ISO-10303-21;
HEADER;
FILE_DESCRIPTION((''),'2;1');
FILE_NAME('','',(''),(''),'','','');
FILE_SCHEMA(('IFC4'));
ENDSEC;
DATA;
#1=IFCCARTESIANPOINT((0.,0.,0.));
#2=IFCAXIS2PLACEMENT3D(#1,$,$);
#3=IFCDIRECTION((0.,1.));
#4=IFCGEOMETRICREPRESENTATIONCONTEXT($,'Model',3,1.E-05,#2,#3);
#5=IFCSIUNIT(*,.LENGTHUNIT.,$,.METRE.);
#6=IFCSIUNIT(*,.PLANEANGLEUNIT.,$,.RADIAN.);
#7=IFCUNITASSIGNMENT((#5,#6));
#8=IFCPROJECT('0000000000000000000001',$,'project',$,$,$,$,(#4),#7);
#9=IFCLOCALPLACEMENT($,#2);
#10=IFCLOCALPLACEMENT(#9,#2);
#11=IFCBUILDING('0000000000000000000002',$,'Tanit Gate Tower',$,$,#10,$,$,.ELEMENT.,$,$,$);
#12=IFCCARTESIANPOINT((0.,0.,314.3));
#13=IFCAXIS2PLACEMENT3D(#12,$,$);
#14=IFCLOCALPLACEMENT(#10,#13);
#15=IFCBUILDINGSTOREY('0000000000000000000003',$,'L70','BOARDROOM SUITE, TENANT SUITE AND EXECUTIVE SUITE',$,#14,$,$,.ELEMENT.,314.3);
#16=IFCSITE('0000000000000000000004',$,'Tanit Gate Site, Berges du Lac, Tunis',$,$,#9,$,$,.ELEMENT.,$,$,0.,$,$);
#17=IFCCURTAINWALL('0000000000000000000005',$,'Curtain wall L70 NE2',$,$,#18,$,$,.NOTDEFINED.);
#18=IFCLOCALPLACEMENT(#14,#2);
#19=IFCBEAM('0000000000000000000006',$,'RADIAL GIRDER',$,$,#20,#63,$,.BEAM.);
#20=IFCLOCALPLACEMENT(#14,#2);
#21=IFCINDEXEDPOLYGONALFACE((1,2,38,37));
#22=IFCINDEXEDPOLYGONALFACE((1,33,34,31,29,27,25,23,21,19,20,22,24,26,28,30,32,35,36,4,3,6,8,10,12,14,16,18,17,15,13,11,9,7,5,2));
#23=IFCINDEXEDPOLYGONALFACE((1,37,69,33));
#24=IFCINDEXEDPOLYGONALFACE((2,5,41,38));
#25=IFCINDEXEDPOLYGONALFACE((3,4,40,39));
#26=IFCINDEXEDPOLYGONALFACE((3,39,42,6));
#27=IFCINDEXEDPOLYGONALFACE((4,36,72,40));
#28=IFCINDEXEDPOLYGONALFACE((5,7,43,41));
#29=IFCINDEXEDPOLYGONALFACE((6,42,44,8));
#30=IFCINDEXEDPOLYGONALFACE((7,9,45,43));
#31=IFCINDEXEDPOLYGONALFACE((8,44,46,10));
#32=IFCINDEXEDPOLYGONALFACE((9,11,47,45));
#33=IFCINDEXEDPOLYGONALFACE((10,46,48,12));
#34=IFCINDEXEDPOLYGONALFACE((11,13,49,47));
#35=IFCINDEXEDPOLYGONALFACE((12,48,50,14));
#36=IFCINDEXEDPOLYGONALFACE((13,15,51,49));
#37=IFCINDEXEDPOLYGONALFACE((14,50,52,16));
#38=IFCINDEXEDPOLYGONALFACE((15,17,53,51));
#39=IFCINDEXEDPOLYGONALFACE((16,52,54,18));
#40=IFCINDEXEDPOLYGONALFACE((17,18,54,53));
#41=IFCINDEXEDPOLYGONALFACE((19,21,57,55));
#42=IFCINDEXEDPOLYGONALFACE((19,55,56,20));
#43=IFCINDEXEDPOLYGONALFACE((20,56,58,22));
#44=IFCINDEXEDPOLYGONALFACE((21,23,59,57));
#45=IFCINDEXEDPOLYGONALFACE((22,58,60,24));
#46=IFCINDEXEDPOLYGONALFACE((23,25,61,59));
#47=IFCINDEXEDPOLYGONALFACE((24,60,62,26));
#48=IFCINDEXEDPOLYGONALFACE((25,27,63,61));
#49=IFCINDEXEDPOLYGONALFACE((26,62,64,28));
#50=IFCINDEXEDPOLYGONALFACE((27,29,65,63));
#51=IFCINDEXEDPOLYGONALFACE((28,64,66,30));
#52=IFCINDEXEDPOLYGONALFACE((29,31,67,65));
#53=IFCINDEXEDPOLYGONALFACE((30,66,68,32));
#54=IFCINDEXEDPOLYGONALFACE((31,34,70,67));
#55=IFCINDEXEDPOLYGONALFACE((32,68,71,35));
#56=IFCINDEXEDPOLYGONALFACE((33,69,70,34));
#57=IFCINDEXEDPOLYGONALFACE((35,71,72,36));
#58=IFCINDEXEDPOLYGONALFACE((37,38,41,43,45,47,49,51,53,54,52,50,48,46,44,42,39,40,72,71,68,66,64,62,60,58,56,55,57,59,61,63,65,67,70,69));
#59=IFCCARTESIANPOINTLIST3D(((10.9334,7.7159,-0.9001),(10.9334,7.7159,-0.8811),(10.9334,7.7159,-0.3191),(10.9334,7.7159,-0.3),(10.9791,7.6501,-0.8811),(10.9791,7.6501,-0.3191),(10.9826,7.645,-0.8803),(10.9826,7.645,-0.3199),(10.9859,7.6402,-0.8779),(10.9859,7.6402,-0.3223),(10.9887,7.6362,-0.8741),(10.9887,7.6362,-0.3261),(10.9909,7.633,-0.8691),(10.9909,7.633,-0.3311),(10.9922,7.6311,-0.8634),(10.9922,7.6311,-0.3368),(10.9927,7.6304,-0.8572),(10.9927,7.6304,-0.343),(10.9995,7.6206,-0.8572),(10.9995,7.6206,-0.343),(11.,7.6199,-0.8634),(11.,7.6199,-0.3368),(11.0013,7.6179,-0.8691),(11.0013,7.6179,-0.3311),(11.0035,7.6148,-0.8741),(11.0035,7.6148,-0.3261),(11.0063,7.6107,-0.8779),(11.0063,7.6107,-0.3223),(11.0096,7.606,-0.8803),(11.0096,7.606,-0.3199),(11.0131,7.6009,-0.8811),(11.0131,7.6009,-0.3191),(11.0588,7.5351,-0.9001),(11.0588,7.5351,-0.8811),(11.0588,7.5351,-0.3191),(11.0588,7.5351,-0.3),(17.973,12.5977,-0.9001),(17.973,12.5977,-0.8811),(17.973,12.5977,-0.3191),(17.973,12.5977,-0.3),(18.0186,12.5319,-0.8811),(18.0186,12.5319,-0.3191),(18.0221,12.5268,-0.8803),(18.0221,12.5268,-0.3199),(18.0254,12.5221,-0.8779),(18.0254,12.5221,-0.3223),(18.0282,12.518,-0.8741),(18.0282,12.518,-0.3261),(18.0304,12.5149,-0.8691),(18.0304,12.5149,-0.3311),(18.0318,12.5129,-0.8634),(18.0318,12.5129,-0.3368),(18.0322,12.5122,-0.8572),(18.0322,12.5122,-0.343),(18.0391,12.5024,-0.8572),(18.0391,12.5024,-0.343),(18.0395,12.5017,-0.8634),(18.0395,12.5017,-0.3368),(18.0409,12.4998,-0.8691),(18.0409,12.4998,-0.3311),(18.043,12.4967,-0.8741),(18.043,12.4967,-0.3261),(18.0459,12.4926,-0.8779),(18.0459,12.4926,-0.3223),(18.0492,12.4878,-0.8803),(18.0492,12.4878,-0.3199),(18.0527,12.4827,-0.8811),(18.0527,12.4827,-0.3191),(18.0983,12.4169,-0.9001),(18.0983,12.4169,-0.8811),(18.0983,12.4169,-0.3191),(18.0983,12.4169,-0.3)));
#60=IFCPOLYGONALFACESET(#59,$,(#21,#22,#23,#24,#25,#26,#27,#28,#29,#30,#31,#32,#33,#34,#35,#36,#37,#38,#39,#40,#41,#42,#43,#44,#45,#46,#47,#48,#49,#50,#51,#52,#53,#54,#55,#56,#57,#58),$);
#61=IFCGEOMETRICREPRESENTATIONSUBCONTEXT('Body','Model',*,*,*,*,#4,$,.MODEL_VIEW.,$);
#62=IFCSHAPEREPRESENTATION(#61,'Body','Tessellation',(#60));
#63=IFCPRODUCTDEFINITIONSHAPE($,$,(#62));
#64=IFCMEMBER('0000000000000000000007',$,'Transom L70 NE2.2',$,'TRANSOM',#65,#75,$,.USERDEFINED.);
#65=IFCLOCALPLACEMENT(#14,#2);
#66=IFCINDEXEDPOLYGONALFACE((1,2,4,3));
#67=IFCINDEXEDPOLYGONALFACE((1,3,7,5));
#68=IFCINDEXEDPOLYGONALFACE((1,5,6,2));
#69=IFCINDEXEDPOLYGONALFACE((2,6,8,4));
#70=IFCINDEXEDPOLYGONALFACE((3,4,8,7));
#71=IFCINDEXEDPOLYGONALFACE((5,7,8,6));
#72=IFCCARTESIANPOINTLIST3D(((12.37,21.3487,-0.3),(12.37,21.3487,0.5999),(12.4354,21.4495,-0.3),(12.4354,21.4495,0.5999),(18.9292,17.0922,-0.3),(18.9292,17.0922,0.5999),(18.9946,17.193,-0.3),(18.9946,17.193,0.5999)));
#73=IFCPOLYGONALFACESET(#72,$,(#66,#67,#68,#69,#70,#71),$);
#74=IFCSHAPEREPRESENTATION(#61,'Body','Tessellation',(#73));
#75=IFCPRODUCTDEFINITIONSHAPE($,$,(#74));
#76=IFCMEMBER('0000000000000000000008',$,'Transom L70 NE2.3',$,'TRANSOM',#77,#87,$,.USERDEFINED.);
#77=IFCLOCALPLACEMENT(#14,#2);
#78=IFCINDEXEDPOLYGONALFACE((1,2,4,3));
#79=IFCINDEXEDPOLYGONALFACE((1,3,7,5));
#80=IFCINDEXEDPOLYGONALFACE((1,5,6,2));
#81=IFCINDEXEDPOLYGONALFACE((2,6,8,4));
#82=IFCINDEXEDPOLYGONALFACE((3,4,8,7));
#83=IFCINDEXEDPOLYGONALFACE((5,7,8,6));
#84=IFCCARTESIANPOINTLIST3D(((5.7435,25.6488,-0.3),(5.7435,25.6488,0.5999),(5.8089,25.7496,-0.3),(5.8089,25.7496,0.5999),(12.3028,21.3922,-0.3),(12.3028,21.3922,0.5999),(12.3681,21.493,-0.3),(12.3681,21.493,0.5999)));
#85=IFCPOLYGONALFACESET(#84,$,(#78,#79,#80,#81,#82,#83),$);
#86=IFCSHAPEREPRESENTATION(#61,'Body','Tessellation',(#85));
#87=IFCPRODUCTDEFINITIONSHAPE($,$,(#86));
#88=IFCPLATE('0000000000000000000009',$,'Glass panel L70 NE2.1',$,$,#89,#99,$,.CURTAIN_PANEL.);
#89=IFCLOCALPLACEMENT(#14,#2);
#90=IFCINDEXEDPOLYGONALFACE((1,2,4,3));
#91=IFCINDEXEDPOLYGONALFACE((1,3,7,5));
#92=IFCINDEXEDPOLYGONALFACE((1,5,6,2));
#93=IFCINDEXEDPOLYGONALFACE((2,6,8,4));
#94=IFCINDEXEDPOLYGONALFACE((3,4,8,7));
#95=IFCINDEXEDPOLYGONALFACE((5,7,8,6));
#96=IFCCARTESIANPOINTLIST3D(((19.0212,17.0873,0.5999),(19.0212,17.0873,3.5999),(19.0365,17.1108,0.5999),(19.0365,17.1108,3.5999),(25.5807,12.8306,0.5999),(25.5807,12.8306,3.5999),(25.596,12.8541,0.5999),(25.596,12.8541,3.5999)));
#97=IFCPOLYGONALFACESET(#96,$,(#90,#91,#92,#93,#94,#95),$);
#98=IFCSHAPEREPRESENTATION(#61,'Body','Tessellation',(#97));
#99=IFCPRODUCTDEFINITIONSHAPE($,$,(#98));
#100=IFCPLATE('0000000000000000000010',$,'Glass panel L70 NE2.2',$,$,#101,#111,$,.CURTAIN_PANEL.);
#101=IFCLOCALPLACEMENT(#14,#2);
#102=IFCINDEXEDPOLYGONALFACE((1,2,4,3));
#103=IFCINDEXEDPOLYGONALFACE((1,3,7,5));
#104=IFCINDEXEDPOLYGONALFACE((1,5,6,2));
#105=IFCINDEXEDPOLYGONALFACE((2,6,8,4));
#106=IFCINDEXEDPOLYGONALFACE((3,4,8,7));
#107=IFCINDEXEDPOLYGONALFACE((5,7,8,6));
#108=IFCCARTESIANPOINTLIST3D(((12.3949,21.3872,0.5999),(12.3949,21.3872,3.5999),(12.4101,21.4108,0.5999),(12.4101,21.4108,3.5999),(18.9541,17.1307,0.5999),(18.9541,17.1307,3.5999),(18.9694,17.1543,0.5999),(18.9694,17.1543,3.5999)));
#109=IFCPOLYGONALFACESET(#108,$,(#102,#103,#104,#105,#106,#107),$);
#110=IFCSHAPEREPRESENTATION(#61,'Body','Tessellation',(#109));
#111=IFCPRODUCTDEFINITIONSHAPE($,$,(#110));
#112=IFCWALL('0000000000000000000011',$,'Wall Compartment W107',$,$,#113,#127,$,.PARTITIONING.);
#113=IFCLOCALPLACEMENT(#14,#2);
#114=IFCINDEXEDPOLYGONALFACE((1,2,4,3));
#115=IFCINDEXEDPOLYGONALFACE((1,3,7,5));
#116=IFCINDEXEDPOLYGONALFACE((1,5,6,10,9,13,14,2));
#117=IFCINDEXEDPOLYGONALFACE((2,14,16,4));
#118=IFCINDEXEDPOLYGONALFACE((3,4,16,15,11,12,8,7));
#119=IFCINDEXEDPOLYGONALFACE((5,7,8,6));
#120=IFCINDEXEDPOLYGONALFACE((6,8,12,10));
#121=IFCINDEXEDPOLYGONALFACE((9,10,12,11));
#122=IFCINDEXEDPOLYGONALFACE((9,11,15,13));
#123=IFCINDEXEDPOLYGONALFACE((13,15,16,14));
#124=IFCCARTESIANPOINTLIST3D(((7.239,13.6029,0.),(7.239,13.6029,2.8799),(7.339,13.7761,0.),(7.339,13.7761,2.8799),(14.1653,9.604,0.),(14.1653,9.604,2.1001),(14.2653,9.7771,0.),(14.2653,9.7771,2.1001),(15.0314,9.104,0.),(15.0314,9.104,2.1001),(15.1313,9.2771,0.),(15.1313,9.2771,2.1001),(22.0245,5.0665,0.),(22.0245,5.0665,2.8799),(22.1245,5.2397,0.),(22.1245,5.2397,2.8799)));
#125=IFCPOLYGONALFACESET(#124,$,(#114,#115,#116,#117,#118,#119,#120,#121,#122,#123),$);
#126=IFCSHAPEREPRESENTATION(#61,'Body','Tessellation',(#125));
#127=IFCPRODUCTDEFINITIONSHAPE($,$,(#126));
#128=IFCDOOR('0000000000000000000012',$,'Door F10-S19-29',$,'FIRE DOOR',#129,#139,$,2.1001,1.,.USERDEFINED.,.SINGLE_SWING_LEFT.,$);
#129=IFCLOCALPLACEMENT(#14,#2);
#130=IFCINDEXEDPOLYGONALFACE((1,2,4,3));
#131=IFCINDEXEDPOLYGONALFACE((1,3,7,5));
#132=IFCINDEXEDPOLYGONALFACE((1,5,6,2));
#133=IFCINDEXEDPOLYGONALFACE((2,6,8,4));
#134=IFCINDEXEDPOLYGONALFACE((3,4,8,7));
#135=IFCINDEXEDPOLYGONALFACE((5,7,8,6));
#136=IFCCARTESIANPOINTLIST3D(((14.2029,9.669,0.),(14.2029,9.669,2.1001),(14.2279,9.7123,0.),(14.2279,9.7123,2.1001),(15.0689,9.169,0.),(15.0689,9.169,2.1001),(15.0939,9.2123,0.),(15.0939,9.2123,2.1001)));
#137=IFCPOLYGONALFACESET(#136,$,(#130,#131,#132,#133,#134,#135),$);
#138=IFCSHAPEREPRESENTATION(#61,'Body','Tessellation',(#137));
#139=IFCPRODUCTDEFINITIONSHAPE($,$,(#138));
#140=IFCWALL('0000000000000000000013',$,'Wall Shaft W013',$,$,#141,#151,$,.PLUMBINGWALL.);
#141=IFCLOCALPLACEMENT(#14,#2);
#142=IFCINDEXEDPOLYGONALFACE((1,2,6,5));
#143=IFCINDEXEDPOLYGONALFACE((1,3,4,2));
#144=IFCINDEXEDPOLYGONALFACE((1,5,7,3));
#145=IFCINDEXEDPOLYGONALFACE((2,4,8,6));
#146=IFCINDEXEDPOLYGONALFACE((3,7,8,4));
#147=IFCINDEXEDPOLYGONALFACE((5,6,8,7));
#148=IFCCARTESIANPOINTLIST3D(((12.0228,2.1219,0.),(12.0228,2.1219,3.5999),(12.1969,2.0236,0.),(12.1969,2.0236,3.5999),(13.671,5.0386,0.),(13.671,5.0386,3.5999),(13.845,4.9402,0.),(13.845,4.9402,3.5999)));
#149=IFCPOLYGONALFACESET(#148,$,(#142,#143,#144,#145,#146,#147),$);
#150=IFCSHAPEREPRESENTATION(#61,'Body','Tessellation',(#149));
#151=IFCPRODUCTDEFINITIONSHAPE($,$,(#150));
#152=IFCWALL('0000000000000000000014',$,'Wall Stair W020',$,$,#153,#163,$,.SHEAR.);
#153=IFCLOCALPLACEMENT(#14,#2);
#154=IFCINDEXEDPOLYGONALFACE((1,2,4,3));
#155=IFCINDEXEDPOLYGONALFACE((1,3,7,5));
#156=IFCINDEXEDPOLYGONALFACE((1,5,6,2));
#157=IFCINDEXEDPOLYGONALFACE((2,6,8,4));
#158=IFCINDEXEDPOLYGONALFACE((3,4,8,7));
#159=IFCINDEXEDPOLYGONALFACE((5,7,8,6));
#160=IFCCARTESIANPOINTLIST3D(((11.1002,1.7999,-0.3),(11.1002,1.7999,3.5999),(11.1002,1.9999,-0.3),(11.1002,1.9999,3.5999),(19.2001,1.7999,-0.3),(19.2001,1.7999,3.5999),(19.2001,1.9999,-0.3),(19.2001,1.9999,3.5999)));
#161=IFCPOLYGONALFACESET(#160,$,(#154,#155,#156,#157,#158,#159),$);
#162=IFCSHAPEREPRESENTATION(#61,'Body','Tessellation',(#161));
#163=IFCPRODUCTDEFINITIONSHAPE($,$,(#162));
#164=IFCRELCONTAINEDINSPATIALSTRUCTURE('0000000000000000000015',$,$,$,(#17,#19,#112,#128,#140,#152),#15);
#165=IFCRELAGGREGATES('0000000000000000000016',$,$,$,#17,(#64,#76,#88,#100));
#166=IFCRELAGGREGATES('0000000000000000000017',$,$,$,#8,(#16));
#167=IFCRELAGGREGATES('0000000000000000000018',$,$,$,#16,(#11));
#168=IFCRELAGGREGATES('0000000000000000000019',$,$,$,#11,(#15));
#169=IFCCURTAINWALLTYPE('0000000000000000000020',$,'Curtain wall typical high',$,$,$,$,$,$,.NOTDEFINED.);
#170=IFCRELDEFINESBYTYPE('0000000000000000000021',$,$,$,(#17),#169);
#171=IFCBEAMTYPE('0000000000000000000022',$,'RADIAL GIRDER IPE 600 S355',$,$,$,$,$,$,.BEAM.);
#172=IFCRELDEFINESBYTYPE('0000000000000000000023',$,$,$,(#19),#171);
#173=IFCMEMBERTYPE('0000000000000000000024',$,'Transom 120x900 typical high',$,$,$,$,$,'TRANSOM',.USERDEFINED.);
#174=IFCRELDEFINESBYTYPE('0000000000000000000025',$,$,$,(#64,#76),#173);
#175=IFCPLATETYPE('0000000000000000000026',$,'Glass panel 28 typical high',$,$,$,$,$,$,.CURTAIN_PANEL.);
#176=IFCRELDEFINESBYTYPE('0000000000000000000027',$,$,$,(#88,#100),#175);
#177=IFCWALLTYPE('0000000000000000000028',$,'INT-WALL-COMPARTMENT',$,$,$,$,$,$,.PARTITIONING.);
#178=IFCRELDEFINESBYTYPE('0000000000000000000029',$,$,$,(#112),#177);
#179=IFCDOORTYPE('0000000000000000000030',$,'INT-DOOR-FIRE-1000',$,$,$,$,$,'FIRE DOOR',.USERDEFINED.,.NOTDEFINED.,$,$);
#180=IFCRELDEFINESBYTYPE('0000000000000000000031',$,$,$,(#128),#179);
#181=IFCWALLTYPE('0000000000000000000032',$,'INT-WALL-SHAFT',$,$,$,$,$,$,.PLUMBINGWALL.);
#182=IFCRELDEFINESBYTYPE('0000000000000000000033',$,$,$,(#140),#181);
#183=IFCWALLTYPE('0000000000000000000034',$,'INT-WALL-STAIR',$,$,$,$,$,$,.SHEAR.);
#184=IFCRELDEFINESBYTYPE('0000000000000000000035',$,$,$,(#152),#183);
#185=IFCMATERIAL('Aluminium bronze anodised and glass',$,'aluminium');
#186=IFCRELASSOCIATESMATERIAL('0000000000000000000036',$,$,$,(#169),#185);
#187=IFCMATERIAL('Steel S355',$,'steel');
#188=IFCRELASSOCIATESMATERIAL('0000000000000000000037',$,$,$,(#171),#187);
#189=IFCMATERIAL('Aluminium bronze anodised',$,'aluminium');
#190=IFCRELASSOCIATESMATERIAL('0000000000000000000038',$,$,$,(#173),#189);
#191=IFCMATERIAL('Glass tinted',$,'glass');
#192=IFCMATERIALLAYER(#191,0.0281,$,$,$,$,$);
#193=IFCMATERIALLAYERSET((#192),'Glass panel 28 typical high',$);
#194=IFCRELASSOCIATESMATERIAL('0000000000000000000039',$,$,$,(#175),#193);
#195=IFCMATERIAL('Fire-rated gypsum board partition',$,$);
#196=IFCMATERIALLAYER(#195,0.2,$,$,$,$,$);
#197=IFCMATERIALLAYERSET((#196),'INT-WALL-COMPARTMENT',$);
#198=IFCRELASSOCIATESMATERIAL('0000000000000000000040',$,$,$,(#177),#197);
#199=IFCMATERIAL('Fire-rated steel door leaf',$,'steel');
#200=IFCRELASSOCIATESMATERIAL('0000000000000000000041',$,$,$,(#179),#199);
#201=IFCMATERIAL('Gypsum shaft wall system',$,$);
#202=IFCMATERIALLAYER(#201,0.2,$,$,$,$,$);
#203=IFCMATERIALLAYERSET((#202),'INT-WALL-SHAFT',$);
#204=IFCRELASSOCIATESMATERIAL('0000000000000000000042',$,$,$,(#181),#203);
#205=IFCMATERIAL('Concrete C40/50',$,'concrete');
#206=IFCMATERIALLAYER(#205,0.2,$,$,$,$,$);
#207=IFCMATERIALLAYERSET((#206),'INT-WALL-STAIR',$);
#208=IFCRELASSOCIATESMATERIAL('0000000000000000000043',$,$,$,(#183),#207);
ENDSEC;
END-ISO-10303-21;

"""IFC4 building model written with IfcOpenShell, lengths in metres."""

from ifc_helpers import new_model, si_unit, direction, frame, frame_2d, origin, origin_2d, place, context, subcontext, project, spatial, rectangle, i_section, extrude, material, layer, layer_set, material_profile, profile_set, type_object, element, fill, aggregate, save


model = new_model("IFC4")

# Units and contexts
model_context = context("Model", 3, precision=1e-05, world=origin(), true_north=direction((0.0, 1.0)))
body_context = subcontext(model_context, "Body", "Model", "MODEL_VIEW")
ifc_project = project(units=[si_unit("LENGTHUNIT", "METRE"), si_unit("PLANEANGLEUNIT", "RADIAN")], contexts=[model_context])

# Site, building, storey
site_placement = place(None, origin())
site = spatial("IfcSite", under=ifc_project, at=site_placement, Name="Tanit Gate Site, Berges du Lac, Tunis", CompositionType="ELEMENT", RefElevation=0.0)
building_placement = place(site_placement, origin())
building = spatial("IfcBuilding", under=site, at=building_placement, Name="Tanit Gate Tower", CompositionType="ELEMENT")
storey_placement = place(building_placement, frame((0.0, 0.0, 314.3)))
storey = spatial("IfcBuildingStorey", under=building, at=storey_placement, Name="L70", Description="BOARDROOM SUITE, TENANT SUITE AND EXECUTIVE SUITE", CompositionType="ELEMENT", Elevation=314.3)

# Curtain wall
ifc_material_1 = material(Name="Aluminium bronze anodised and glass", Category="aluminium")
curtain_wall_type = type_object("IfcCurtainWallType", Name="Curtain wall typical high", PredefinedType="NOTDEFINED", material=ifc_material_1)
curtain_wall_placement = place(storey_placement, origin())
curtain_wall = element("IfcCurtainWall", 1, at=curtain_wall_placement, inside=storey, type_object=curtain_wall_type, Name="Curtain wall L70 NE2", PredefinedType="NOTDEFINED")

# Beam
ifc_material_2 = material(Name="Steel S355", Category="steel")
ifc_material_profile_1 = material_profile(ifc_material_2, i_section(OverallWidth=0.22, OverallDepth=0.6001, WebThickness=0.012, FlangeThickness=0.019, FilletRadius=0.0239, at=origin_2d()), Name="IPE 600")
ifc_profile_set_1 = profile_set([ifc_material_profile_1], Name="Steel S355")
beam_type_1 = type_object("IfcBeamType", Name="RADIAL GIRDER IPE 600 S355", PredefinedType="BEAM", material=ifc_profile_set_1)
beam_1_placement = place(storey_placement, frame((18.0356, 12.5073, -0.6001), z_axis=(-0.821738, -0.569865, 0.0), x_axis=(0.569865, -0.821738, 0.0)))
element("IfcBeam", 2, at=beam_1_placement, inside=storey, type_object=beam_type_1, Name="RADIAL GIRDER", PredefinedType="BEAM", context=body_context, shape_type="SweptSolid", body=[
    extrude(i_section(OverallWidth=0.22, OverallDepth=0.6001, WebThickness=0.012, FlangeThickness=0.019, FilletRadius=0.0239, at=origin_2d()), origin(), (0.0, 0.0, 1.0), 8.5667),
])

# Members
ifc_material_3 = material(Name="Aluminium bronze anodised", Category="aluminium")
ifc_material_profile_2 = material_profile(ifc_material_3, rectangle(XDim=0.1201, YDim=0.8999, at=origin_2d()), Name="120x900 bronze transom")
ifc_profile_set_2 = profile_set([ifc_material_profile_2], Name="Aluminium bronze anodised")
member_type_1 = type_object("IfcMemberType", Name="Transom 120x900 typical high", ElementType="TRANSOM", PredefinedType="USERDEFINED", material=ifc_profile_set_2)
member_1_placement = place(storey_placement, frame((18.9619, 17.1426, 0.1499), z_axis=(-0.838851, 0.544362, 0.0), x_axis=(-0.544362, -0.838851, 0.0)))
member_1 = element("IfcMember", 3, at=member_1_placement, type_object=member_type_1, Name="Transom L70 NE2.2", ObjectType="TRANSOM", PredefinedType="USERDEFINED", context=body_context, shape_type="SweptSolid", body=[
    extrude(rectangle(XDim=0.1201, YDim=0.8999, at=origin_2d()), origin(), (0.0, 0.0, 1.0), 7.8193),
])
member_2_placement = place(storey_placement, frame((12.3354, 21.4426, 0.1499), z_axis=(-0.838851, 0.544362, 0.0), x_axis=(-0.544362, -0.838851, 0.0)))
member_2 = element("IfcMember", 4, at=member_2_placement, type_object=member_type_1, Name="Transom L70 NE2.3", ObjectType="TRANSOM", PredefinedType="USERDEFINED", context=body_context, shape_type="SweptSolid", body=[
    extrude(rectangle(XDim=0.1201, YDim=0.8999, at=origin_2d()), origin(), (0.0, 0.0, 1.0), 7.8193),
])

# Plates
ifc_material_4 = material(Name="Glass tinted", Category="glass")
ifc_layer_1 = layer(ifc_material_4, 0.0281)
ifc_layer_set_1 = layer_set([ifc_layer_1], Name="Glass panel 28 typical high")
plate_type = type_object("IfcPlateType", Name="Glass panel 28 typical high", PredefinedType="CURTAIN_PANEL", material=ifc_layer_set_1)
plate_1_placement = place(storey_placement, frame((22.3086, 14.9707, 0.5999), z_axis=(0.0, 0.0, 1.0), x_axis=(-0.838852, 0.544359, 0.0)))
plate_1 = element("IfcPlate", 5, at=plate_1_placement, type_object=plate_type, Name="Glass panel L70 NE2.1", PredefinedType="CURTAIN_PANEL", context=body_context, shape_type="SweptSolid", body=[
    extrude(rectangle(XDim=7.8196, YDim=0.0281, at=origin_2d()), origin(), (0.0, 0.0, 1.0), 3.0),
])
plate_2_placement = place(storey_placement, frame((15.6821, 19.2708, 0.5999), z_axis=(0.0, 0.0, 1.0), x_axis=(-0.838852, 0.544359, 0.0)))
plate_2 = element("IfcPlate", 6, at=plate_2_placement, type_object=plate_type, Name="Glass panel L70 NE2.2", PredefinedType="CURTAIN_PANEL", context=body_context, shape_type="SweptSolid", body=[
    extrude(rectangle(XDim=7.8193, YDim=0.0281, at=origin_2d()), origin(), (0.0, 0.0, 1.0), 3.0),
])
aggregate(curtain_wall, [member_1, member_2, plate_1, plate_2])

# Wall, opening, door
ifc_material_5 = material(Name="Fire-rated gypsum board partition")
ifc_layer_2 = layer(ifc_material_5, 0.2)
ifc_layer_set_2 = layer_set([ifc_layer_2], Name="INT-WALL-COMPARTMENT")
wall_type_1 = type_object("IfcWallType", Name="INT-WALL-COMPARTMENT", PredefinedType="PARTITIONING", material=ifc_layer_set_2)
wall_1_placement = place(storey_placement, frame((22.0745, 5.1531, 0.0), z_axis=(0.0, 0.0, 1.0), x_axis=(-0.866025, 0.500001, 0.0)))
wall_1 = element("IfcWall", 7, at=wall_1_placement, inside=storey, type_object=wall_type_1, Name="Wall Compartment W107", PredefinedType="PARTITIONING", context=body_context, shape_type="SweptSolid", body=[
    extrude(rectangle(XDim=17.0728, YDim=0.2, at=frame_2d((8.5364, 0.0))), origin(), (0.0, 0.0, 1.0), 2.8799),
])
opening_1_placement = place(wall_1_placement, frame((8.075, 0.0, 0.0)))
opening_1 = element("IfcOpeningElement", 8, at=opening_1_placement, cuts=wall_1, PredefinedType="OPENING", context=body_context, shape_type="SweptSolid", body=[
    extrude(rectangle(XDim=1.0, YDim=2.1001, at=frame_2d((0.5, 1.05))), frame((0.0, 0.1099, 0.0), z_axis=(0.0, -1.0, 0.0), x_axis=(1.0, 0.0, 0.0)), (0.0, 0.0, 1.0), 0.22),
])
ifc_material_6 = material(Name="Fire-rated steel door leaf", Category="steel")
door_type_1 = type_object("IfcDoorType", Name="INT-DOOR-FIRE-1000", ElementType="FIRE DOOR", OperationType="NOTDEFINED", PredefinedType="USERDEFINED", material=ifc_material_6)
door_1_placement = place(opening_1_placement, origin())
door_1 = element("IfcDoor", 9, at=door_1_placement, inside=storey, type_object=door_type_1, Name="Door F10-S19-29", ObjectType="FIRE DOOR", OperationType="SINGLE_SWING_LEFT", OverallHeight=2.1001, OverallWidth=1.0, PredefinedType="USERDEFINED", context=body_context, shape_type="SweptSolid", body=[
    extrude(rectangle(XDim=1.0, YDim=2.1001, at=frame_2d((0.5, 1.05))), frame((0.0, 0.0249, 0.0), z_axis=(0.0, -1.0, 0.0), x_axis=(1.0, 0.0, 0.0)), (0.0, 0.0, 1.0), 0.05),
])
fill(opening_1, door_1)

# Walls
ifc_material_7 = material(Name="Gypsum shaft wall system")
ifc_layer_3 = layer(ifc_material_7, 0.2)
ifc_layer_set_3 = layer_set([ifc_layer_3], Name="INT-WALL-SHAFT")
wall_type_2 = type_object("IfcWallType", Name="INT-WALL-SHAFT", PredefinedType="PLUMBINGWALL", material=ifc_layer_set_3)
wall_2_placement = place(storey_placement, frame((12.1099, 2.0728, 0.0), z_axis=(0.0, 0.0, 1.0), x_axis=(0.491966, 0.870614, 0.0)))
element("IfcWall", 10, at=wall_2_placement, inside=storey, type_object=wall_type_2, Name="Wall Shaft W013", PredefinedType="PLUMBINGWALL", context=body_context, shape_type="SweptSolid", body=[
    extrude(rectangle(XDim=3.3501, YDim=0.2, at=frame_2d((1.675, 0.0))), origin(), (0.0, 0.0, 1.0), 3.5999),
])
ifc_material_8 = material(Name="Concrete C40/50", Category="concrete")
ifc_layer_4 = layer(ifc_material_8, 0.2)
ifc_layer_set_4 = layer_set([ifc_layer_4], Name="INT-WALL-STAIR")
wall_type_3 = type_object("IfcWallType", Name="INT-WALL-STAIR", PredefinedType="SHEAR", material=ifc_layer_set_4)
wall_3_placement = place(storey_placement, frame((19.2, 1.8999, -0.3), z_axis=(0.0, 0.0, 1.0), x_axis=(-1.0, 0.0, 0.0)))
element("IfcWall", 11, at=wall_3_placement, inside=storey, type_object=wall_type_3, Name="Wall Stair W020", PredefinedType="SHEAR", context=body_context, shape_type="SweptSolid", body=[
    extrude(rectangle(XDim=8.0999, YDim=0.2, at=frame_2d((4.0498, 0.0))), origin(), (0.0, 0.0, 1.0), 3.8999),
])

save(model, "model.ifc")
